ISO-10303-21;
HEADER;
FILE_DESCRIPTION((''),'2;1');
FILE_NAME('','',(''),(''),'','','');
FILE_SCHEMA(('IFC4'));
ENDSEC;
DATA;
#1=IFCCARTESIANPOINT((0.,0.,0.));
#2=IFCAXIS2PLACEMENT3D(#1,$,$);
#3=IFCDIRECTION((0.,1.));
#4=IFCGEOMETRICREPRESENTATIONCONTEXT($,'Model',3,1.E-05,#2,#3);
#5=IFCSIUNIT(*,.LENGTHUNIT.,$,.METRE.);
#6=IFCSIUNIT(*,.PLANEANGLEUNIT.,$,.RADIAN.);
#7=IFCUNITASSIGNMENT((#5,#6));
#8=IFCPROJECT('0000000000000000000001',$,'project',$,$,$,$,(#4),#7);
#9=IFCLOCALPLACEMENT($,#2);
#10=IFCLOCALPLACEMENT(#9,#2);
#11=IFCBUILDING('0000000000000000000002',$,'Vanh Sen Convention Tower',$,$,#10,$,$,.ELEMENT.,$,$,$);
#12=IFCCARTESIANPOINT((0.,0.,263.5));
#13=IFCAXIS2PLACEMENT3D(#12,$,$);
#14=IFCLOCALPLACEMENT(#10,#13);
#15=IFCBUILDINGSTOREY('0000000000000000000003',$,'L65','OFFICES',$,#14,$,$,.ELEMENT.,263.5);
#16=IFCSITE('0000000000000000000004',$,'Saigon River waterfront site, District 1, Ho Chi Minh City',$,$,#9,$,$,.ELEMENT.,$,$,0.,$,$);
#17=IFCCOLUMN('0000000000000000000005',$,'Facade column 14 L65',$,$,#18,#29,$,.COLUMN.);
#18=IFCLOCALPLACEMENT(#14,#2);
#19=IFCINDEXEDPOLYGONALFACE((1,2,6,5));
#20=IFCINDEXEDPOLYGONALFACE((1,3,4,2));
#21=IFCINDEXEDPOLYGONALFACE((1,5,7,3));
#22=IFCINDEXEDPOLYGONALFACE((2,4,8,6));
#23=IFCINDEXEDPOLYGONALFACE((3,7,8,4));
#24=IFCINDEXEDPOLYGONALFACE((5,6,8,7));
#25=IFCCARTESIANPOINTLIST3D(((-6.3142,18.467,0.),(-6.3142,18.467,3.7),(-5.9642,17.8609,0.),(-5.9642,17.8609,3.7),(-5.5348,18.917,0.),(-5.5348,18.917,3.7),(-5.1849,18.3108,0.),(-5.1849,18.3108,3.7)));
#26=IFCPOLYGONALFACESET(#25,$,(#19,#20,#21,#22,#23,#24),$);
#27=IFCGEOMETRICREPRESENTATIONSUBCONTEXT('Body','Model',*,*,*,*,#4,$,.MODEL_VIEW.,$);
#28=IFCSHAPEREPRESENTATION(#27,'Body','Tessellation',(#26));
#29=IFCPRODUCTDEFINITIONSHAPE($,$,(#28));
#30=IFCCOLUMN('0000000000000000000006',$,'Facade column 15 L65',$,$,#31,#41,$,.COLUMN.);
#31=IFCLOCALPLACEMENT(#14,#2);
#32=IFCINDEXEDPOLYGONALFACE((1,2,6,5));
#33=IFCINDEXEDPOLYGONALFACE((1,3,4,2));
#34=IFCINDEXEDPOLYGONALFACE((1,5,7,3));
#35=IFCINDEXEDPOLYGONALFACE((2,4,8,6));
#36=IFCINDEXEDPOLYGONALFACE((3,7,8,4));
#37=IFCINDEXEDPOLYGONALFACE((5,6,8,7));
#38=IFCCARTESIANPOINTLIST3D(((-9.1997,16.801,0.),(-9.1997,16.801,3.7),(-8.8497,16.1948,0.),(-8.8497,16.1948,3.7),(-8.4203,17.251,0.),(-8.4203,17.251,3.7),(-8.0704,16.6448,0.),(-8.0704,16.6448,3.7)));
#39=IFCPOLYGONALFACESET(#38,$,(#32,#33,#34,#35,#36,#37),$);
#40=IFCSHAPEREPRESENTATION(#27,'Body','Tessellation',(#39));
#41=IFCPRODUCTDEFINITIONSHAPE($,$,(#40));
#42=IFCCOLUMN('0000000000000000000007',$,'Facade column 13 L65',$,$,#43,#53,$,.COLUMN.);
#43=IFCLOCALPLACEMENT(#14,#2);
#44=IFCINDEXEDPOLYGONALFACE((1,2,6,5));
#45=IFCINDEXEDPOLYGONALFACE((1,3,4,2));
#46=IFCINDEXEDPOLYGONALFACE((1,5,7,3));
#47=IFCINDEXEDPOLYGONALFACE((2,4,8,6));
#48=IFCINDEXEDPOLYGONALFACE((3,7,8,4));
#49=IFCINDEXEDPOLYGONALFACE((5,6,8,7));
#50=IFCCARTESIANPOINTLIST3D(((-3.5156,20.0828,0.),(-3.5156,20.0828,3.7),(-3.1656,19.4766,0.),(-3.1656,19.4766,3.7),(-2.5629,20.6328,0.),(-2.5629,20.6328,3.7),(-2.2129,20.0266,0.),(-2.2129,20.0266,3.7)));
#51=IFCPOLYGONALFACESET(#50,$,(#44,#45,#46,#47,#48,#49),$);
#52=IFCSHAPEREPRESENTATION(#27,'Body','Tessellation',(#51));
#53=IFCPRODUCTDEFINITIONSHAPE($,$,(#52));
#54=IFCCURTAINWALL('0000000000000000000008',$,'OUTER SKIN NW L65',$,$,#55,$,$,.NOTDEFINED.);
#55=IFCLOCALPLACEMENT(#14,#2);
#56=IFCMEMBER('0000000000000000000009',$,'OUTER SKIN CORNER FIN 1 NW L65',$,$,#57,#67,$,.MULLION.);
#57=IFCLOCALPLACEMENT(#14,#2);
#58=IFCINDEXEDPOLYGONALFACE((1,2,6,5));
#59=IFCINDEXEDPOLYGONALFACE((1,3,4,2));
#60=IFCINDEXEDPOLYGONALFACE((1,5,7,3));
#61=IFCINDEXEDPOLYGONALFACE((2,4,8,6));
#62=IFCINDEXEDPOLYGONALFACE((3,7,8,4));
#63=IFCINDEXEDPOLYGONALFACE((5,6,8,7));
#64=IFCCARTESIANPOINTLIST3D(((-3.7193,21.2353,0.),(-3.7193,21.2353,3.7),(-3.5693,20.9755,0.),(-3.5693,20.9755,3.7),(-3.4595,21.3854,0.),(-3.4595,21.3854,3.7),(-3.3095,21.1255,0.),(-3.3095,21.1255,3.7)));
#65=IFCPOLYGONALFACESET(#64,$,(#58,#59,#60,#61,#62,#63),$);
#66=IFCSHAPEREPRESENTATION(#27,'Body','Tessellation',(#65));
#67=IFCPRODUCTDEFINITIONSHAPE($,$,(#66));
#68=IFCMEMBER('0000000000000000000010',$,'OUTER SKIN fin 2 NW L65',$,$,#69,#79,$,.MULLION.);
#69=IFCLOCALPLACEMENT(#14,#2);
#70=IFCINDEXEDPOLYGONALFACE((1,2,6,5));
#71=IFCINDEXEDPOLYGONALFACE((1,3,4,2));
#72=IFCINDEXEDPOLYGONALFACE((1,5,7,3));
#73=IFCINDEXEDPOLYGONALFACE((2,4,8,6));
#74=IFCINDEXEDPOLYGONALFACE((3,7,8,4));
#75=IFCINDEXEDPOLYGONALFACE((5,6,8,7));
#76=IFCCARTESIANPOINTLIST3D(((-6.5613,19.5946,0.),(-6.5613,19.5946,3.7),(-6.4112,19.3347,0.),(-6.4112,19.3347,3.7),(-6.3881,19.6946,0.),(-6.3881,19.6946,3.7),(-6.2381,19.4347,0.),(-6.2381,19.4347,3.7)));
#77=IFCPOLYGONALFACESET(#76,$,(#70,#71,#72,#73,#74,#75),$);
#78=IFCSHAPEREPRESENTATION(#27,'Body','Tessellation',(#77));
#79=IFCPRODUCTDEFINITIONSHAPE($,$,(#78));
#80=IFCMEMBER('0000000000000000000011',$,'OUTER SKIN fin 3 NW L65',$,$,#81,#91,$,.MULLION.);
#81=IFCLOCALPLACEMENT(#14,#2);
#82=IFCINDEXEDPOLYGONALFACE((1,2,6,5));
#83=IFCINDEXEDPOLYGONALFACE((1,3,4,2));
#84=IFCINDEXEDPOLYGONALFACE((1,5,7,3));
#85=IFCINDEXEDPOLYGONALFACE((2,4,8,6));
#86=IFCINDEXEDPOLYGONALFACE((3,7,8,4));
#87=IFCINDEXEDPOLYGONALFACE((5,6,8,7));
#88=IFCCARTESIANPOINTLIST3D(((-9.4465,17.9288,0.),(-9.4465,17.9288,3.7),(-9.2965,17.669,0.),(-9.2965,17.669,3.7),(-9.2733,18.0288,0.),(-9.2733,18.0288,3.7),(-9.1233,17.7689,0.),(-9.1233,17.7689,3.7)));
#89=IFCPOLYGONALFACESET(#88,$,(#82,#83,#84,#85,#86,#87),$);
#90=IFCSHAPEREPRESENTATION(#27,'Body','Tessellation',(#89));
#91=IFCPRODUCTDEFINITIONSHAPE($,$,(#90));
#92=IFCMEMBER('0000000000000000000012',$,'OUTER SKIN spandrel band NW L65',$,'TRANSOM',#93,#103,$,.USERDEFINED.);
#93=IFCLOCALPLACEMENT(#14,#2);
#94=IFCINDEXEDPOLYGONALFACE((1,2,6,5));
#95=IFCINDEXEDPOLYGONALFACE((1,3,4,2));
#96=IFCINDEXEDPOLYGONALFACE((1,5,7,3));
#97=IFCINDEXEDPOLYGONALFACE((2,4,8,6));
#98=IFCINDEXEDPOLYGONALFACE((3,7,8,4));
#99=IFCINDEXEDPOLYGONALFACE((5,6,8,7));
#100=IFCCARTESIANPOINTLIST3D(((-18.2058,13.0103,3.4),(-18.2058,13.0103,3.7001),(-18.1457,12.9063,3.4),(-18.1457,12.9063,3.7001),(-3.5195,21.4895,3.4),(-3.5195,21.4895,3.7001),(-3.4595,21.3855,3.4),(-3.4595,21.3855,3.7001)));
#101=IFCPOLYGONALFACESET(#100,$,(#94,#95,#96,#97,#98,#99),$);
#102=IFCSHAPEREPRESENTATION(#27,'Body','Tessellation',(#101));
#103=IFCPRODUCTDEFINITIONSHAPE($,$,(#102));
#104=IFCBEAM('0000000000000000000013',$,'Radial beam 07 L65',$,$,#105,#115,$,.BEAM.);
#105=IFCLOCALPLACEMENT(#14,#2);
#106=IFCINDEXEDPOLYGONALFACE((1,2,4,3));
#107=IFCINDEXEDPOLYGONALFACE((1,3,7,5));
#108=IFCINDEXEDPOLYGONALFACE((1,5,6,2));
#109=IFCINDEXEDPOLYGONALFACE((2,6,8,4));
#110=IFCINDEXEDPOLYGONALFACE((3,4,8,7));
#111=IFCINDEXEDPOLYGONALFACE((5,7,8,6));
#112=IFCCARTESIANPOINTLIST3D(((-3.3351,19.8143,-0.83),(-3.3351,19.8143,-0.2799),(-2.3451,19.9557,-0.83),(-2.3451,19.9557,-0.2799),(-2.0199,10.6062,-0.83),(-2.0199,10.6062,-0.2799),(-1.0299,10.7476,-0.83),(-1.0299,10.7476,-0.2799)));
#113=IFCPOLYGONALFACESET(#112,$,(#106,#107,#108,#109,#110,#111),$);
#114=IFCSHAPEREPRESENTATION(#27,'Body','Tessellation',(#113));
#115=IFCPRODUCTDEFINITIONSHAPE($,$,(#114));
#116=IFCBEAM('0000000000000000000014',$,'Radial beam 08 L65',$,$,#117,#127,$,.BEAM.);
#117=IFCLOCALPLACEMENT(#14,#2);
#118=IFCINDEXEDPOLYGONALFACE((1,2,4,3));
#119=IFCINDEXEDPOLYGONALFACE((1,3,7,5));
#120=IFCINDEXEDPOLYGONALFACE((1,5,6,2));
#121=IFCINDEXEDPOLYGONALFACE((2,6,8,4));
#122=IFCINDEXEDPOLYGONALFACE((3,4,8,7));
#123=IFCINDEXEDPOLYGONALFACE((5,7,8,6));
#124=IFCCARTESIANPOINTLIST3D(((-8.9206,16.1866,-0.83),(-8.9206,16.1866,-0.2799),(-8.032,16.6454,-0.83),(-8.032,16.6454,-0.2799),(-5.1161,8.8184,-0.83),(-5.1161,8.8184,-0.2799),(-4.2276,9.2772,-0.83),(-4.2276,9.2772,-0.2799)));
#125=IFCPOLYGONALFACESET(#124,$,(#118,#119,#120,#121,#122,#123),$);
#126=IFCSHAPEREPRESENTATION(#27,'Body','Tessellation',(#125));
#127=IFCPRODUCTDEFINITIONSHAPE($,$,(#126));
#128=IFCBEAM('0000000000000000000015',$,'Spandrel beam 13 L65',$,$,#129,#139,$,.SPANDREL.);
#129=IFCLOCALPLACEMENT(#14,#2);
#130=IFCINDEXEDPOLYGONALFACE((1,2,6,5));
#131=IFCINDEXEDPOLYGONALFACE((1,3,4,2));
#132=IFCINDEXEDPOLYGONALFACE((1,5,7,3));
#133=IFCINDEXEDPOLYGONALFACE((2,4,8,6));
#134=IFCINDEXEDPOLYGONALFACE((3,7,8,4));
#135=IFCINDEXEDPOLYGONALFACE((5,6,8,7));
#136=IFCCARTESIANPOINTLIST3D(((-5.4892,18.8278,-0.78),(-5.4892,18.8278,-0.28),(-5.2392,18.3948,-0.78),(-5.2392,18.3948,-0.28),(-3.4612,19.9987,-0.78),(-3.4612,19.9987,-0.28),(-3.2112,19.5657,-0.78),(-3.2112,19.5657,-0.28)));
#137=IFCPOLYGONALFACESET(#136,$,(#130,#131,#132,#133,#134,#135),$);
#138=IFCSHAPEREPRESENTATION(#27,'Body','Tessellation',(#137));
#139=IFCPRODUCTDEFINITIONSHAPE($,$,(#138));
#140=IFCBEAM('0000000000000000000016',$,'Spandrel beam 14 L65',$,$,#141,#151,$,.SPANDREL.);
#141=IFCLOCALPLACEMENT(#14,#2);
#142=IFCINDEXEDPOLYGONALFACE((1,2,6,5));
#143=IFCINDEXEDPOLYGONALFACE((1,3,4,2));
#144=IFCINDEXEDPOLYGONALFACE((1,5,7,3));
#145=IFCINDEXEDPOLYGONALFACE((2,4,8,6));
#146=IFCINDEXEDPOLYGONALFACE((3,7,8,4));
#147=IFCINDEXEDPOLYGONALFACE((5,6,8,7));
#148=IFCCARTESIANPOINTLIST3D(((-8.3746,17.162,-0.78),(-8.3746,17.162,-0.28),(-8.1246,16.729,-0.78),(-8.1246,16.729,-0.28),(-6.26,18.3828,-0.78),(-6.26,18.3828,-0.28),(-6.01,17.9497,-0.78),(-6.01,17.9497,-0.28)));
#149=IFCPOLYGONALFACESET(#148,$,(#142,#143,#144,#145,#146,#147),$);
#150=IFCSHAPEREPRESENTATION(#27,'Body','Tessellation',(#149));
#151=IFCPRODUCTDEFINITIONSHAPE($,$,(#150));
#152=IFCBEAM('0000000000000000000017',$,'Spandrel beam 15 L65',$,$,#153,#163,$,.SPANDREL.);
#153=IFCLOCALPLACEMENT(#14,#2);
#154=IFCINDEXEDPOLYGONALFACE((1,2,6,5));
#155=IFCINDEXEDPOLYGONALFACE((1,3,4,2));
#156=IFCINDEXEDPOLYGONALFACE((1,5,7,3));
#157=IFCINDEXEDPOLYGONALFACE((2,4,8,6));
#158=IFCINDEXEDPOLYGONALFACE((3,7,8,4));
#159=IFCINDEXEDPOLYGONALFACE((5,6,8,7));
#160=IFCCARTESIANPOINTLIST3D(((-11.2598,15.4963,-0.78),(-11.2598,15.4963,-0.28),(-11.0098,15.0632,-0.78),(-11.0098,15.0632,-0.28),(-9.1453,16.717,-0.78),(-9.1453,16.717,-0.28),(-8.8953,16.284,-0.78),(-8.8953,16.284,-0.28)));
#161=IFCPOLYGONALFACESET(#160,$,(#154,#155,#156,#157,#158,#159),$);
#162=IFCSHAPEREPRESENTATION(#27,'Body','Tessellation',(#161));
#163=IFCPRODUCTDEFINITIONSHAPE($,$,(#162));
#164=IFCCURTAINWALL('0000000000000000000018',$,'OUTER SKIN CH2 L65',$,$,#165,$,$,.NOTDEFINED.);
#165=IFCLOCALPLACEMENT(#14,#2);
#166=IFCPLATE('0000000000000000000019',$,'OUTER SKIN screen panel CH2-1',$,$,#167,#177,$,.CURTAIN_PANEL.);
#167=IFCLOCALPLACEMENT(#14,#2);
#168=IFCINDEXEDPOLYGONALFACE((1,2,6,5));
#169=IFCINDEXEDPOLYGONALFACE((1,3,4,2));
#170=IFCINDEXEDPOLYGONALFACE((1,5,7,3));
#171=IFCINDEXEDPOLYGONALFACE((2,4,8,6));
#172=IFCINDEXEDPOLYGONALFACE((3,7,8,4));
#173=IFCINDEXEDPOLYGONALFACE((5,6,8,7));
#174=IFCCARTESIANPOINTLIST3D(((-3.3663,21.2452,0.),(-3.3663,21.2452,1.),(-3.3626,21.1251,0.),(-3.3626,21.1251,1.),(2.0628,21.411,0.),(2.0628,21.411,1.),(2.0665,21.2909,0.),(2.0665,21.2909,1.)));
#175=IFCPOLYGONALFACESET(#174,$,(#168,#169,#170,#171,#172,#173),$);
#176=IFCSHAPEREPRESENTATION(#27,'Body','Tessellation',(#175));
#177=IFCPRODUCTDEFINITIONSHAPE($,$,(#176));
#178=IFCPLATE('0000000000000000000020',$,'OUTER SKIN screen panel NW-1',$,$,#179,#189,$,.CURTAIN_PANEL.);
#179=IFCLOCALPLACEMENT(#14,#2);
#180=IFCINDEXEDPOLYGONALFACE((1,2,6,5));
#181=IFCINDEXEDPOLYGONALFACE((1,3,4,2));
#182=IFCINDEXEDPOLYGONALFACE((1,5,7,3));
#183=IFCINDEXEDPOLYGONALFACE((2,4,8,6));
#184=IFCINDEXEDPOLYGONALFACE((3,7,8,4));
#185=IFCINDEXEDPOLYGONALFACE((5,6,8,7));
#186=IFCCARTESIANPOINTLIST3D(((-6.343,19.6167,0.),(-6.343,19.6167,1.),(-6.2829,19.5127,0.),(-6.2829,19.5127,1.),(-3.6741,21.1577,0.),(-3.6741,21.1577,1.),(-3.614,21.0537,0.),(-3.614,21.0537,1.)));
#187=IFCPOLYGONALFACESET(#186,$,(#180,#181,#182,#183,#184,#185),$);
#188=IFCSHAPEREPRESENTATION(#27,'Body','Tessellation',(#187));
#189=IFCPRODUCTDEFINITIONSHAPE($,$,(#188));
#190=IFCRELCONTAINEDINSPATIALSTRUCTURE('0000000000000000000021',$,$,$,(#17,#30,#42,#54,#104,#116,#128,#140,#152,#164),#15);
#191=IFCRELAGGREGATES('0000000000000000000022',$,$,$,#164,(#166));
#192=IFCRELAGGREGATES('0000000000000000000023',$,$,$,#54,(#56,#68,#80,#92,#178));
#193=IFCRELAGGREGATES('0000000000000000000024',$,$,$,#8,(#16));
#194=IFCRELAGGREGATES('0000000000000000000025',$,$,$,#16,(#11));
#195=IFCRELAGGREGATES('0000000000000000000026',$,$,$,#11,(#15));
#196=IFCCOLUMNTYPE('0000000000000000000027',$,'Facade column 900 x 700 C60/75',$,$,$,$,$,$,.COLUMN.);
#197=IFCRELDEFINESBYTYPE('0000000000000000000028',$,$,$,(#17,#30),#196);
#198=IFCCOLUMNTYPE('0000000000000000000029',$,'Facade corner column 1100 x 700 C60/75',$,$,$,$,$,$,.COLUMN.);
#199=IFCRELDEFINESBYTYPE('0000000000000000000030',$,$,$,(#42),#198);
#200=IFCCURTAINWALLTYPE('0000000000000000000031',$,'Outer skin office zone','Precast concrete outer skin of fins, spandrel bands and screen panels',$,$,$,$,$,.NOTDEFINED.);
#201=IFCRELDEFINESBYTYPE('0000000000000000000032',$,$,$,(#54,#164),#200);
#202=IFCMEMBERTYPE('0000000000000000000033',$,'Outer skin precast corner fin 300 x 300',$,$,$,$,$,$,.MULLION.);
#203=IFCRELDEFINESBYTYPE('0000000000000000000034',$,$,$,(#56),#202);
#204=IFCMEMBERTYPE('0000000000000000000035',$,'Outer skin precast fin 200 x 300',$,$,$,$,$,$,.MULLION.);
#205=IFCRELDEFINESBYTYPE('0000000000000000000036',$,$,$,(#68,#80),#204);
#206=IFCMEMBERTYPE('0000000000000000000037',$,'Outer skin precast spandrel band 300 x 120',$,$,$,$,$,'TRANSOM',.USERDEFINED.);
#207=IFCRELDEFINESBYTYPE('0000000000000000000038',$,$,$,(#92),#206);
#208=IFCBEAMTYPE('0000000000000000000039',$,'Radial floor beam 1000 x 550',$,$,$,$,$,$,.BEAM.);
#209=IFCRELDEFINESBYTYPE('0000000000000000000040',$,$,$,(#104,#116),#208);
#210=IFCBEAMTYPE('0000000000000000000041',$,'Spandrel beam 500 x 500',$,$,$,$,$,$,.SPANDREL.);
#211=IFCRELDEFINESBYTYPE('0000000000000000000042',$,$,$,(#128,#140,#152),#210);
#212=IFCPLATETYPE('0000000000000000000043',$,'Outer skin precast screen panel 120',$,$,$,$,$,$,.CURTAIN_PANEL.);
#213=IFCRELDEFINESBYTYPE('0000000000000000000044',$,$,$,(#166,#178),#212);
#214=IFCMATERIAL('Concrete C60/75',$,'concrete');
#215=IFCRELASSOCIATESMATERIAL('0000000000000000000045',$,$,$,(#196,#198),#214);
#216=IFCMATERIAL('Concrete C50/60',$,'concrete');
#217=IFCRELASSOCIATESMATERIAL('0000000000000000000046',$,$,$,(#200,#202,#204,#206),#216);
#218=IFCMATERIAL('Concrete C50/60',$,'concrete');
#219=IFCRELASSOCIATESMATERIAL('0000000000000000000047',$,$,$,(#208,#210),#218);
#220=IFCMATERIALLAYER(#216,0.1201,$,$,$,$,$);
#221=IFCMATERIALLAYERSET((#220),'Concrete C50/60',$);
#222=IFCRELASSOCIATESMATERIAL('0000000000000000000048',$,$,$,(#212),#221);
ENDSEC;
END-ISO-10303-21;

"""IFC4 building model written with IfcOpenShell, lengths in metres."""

from ifc_helpers import new_model, si_unit, direction, frame, origin, origin_2d, place, context, subcontext, project, spatial, rectangle, extrude, material, layer, layer_set, material_profile, profile_set, type_object, element, aggregate, save


model = new_model("IFC4")

# Units and contexts
model_context = context("Model", 3, precision=1e-05, world=origin(), true_north=direction((0.0, 1.0)))
body_context = subcontext(model_context, "Body", "Model", "MODEL_VIEW")
ifc_project = project(units=[si_unit("LENGTHUNIT", "METRE"), si_unit("PLANEANGLEUNIT", "RADIAN")], contexts=[model_context])

# Site, building, storey
site_placement = place(None, origin())
site = spatial("IfcSite", under=ifc_project, at=site_placement, Name="Saigon River waterfront site, District 1, Ho Chi Minh City", CompositionType="ELEMENT", RefElevation=0.0)
building_placement = place(site_placement, origin())
building = spatial("IfcBuilding", under=site, at=building_placement, Name="Vanh Sen Convention Tower", CompositionType="ELEMENT")
storey_placement = place(building_placement, frame((0.0, 0.0, 263.5)))
storey = spatial("IfcBuildingStorey", under=building, at=storey_placement, Name="L65", Description="OFFICES", CompositionType="ELEMENT", Elevation=263.5)

# Columns
ifc_material_1 = material(Name="Concrete C60/75", Category="concrete")
ifc_material_profile_1 = material_profile(ifc_material_1, rectangle(XDim=0.8999, YDim=0.7, at=origin_2d()), Name="RC 900X700")
ifc_profile_set_1 = profile_set([ifc_material_profile_1], Name="Concrete C60/75")
column_type_1 = type_object("IfcColumnType", Name="Facade column 900 x 700 C60/75", PredefinedType="COLUMN", material=ifc_profile_set_1)
for number, where, z_axis, x_axis, name in (
    (1, (-5.7495, 18.3889, 0.0), (0.0, 0.0, 1.0), (-0.866025, -0.5, 0.0), "Facade column 14 L65"),
    (2, (-8.635, 16.7229, 0.0), (0.0, 0.0, 1.0), (-0.866025, -0.5, 0.0), "Facade column 15 L65"),
):
    element("IfcColumn", number, at=place(storey_placement, frame(where, z_axis=z_axis, x_axis=x_axis)), inside=storey, type_object=column_type_1, Name=name, PredefinedType="COLUMN", context=body_context, shape_type="SweptSolid", body=[
        extrude(rectangle(XDim=0.8999, YDim=0.7, at=origin_2d()), origin(), (0.0, 0.0, 1.0), 3.7),
    ])
ifc_material_profile_2 = material_profile(ifc_material_1, rectangle(XDim=1.1001, YDim=0.7, at=origin_2d()), Name="RC 1100X700")
ifc_profile_set_2 = profile_set([ifc_material_profile_2], Name="Concrete C60/75")
column_type_2 = type_object("IfcColumnType", Name="Facade corner column 1100 x 700 C60/75", PredefinedType="COLUMN", material=ifc_profile_set_2)
column_placement = place(storey_placement, frame((-2.8643, 20.0547, 0.0), z_axis=(0.0, 0.0, 1.0), x_axis=(-0.866025, -0.5, 0.0)))
element("IfcColumn", 3, at=column_placement, inside=storey, type_object=column_type_2, Name="Facade column 13 L65", PredefinedType="COLUMN", context=body_context, shape_type="SweptSolid", body=[
    extrude(rectangle(XDim=1.1001, YDim=0.7, at=origin_2d()), origin(), (0.0, 0.0, 1.0), 3.7),
])

# Curtain wall, members
ifc_material_2 = material(Name="Concrete C50/60", Category="concrete")
curtain_wall_type = type_object("IfcCurtainWallType", Name="Outer skin office zone", Description="Precast concrete outer skin of fins, spandrel bands and screen panels", PredefinedType="NOTDEFINED", material=ifc_material_2)
curtain_wall_1_placement = place(storey_placement, origin())
curtain_wall_1 = element("IfcCurtainWall", 4, at=curtain_wall_1_placement, inside=storey, type_object=curtain_wall_type, Name="OUTER SKIN NW L65", PredefinedType="NOTDEFINED")
ifc_material_profile_3 = material_profile(ifc_material_2, rectangle(XDim=0.3, YDim=0.3, at=origin_2d()), Name="Outer skin precast corner fin 300 x 300")
ifc_profile_set_3 = profile_set([ifc_material_profile_3], Name="Concrete C50/60")
member_type_1 = type_object("IfcMemberType", Name="Outer skin precast corner fin 300 x 300", PredefinedType="MULLION", material=ifc_profile_set_3)
member_1_placement = place(storey_placement, frame((-3.5144, 21.1804, 0.0), z_axis=(0.0, 0.0, 1.0), x_axis=(-0.866025, -0.5, 0.0)))
member_1 = element("IfcMember", 5, at=member_1_placement, type_object=member_type_1, Name="OUTER SKIN CORNER FIN 1 NW L65", PredefinedType="MULLION", context=body_context, shape_type="SweptSolid", body=[
    extrude(rectangle(XDim=0.3, YDim=0.3, at=origin_2d()), origin(), (0.0, 0.0, 1.0), 3.7),
])
ifc_material_profile_4 = material_profile(ifc_material_2, rectangle(XDim=0.2, YDim=0.3, at=origin_2d()), Name="Outer skin precast fin 200 x 300")
ifc_profile_set_4 = profile_set([ifc_material_profile_4], Name="Concrete C50/60")
member_type_2 = type_object("IfcMemberType", Name="Outer skin precast fin 200 x 300", PredefinedType="MULLION", material=ifc_profile_set_4)
member_2_placement = place(storey_placement, frame((-6.3997, 19.5146, 0.0), z_axis=(0.0, 0.0, 1.0), x_axis=(-0.866025, -0.5, 0.0)))
member_2 = element("IfcMember", 6, at=member_2_placement, type_object=member_type_2, Name="OUTER SKIN fin 2 NW L65", PredefinedType="MULLION", context=body_context, shape_type="SweptSolid", body=[
    extrude(rectangle(XDim=0.2, YDim=0.3, at=origin_2d()), origin(), (0.0, 0.0, 1.0), 3.7),
])
member_3_placement = place(storey_placement, frame((-9.2849, 17.8489, 0.0), z_axis=(0.0, 0.0, 1.0), x_axis=(-0.866025, -0.5, 0.0)))
member_3 = element("IfcMember", 7, at=member_3_placement, type_object=member_type_2, Name="OUTER SKIN fin 3 NW L65", PredefinedType="MULLION", context=body_context, shape_type="SweptSolid", body=[
    extrude(rectangle(XDim=0.2, YDim=0.3, at=origin_2d()), origin(), (0.0, 0.0, 1.0), 3.7),
])
ifc_material_profile_5 = material_profile(ifc_material_2, rectangle(XDim=0.1201, YDim=0.3, at=origin_2d()), Name="Outer skin precast spandrel band 300 x 120")
ifc_profile_set_5 = profile_set([ifc_material_profile_5], Name="Concrete C50/60")
member_type_3 = type_object("IfcMemberType", Name="Outer skin precast spandrel band 300 x 120", ElementType="TRANSOM", PredefinedType="USERDEFINED", material=ifc_profile_set_5)
member_4_placement = place(storey_placement, frame((-3.4895, 21.4375, 3.55), z_axis=(-0.866022, -0.500005, 0.0), x_axis=(0.500005, -0.866022, 0.0)))
member_4 = element("IfcMember", 8, at=member_4_placement, type_object=member_type_3, Name="OUTER SKIN spandrel band NW L65", ObjectType="TRANSOM", PredefinedType="USERDEFINED", context=body_context, shape_type="SweptSolid", body=[
    extrude(rectangle(XDim=0.1201, YDim=0.3, at=origin_2d()), origin(), (0.0, 0.0, 1.0), 16.9583),
])

# Beams
ifc_material_3 = material(Name="Concrete C50/60", Category="concrete")
ifc_material_profile_6 = material_profile(ifc_material_3, rectangle(XDim=1.0, YDim=0.55, at=origin_2d()), Name="RC 1000X550")
ifc_profile_set_6 = profile_set([ifc_material_profile_6], Name="Concrete C50/60")
beam_type_1 = type_object("IfcBeamType", Name="Radial floor beam 1000 x 550", PredefinedType="BEAM", material=ifc_profile_set_6)
beam_1_placement = place(storey_placement, frame((-2.8401, 19.885, -0.5549), z_axis=(0.141396, -0.989953, 0.0), x_axis=(0.989953, 0.141396, 0.0)))
element("IfcBeam", 9, at=beam_1_placement, inside=storey, type_object=beam_type_1, Name="Radial beam 07 L65", PredefinedType="BEAM", context=body_context, shape_type="SweptSolid", body=[
    extrude(rectangle(XDim=1.0, YDim=0.55, at=origin_2d()), origin(), (0.0, 0.0, 1.0), 9.3015),
])
beam_2_placement = place(storey_placement, frame((-8.4763, 16.416, -0.5549), z_axis=(0.458788, -0.888546, 0.0), x_axis=(0.888546, 0.458788, 0.0)))
element("IfcBeam", 10, at=beam_2_placement, inside=storey, type_object=beam_type_1, Name="Radial beam 08 L65", PredefinedType="BEAM", context=body_context, shape_type="SweptSolid", body=[
    extrude(rectangle(XDim=1.0, YDim=0.55, at=origin_2d()), origin(), (0.0, 0.0, 1.0), 8.2925),
])
ifc_material_profile_7 = material_profile(ifc_material_3, rectangle(XDim=0.5, YDim=0.5, at=origin_2d()), Name="RC 500X500")
ifc_profile_set_7 = profile_set([ifc_material_profile_7], Name="Concrete C50/60")
beam_type_2 = type_object("IfcBeamType", Name="Spandrel beam 500 x 500", PredefinedType="SPANDREL", material=ifc_profile_set_7)
beam_3_placement = place(storey_placement, frame((-3.3362, 19.7822, -0.53), z_axis=(-0.866028, -0.499996, 0.0), x_axis=(0.499996, -0.866028, 0.0)))
element("IfcBeam", 11, at=beam_3_placement, inside=storey, type_object=beam_type_2, Name="Spandrel beam 13 L65", PredefinedType="SPANDREL", context=body_context, shape_type="SweptSolid", body=[
    extrude(rectangle(XDim=0.5, YDim=0.5, at=origin_2d()), origin(), (0.0, 0.0, 1.0), 2.3418),
])
for number, where, z_axis, x_axis, name in (
    (12, (-6.135, 18.1663, -0.53), (-0.866044, -0.499968, 0.0), (0.499968, -0.866044, 0.0), "Spandrel beam 14 L65"),
    (13, (-9.0203, 16.5005, -0.53), (-0.866044, -0.499968, 0.0), (0.499968, -0.866044, 0.0), "Spandrel beam 15 L65"),
):
    element("IfcBeam", number, at=place(storey_placement, frame(where, z_axis=z_axis, x_axis=x_axis)), inside=storey, type_object=beam_type_2, Name=name, PredefinedType="SPANDREL", context=body_context, shape_type="SweptSolid", body=[
        extrude(rectangle(XDim=0.5, YDim=0.5, at=origin_2d()), origin(), (0.0, 0.0, 1.0), 2.4417),
    ])

# Curtain wall, plate
curtain_wall_2_placement = place(storey_placement, origin())
curtain_wall_2 = element("IfcCurtainWall", 14, at=curtain_wall_2_placement, inside=storey, type_object=curtain_wall_type, Name="OUTER SKIN CH2 L65", PredefinedType="NOTDEFINED")
ifc_layer_1 = layer(ifc_material_2, 0.1201)
ifc_layer_set_1 = layer_set([ifc_layer_1], Name="Concrete C50/60")
plate_type = type_object("IfcPlateType", Name="Outer skin precast screen panel 120", PredefinedType="CURTAIN_PANEL", material=ifc_layer_set_1)
plate_1_placement = place(storey_placement, frame((-0.6499, 21.2681, 0.0), z_axis=(0.0, 0.0, 1.0), x_axis=(-0.999534, -0.030528, 0.0)))
plate_1 = element("IfcPlate", 15, at=plate_1_placement, type_object=plate_type, Name="OUTER SKIN screen panel CH2-1", PredefinedType="CURTAIN_PANEL", context=body_context, shape_type="SweptSolid", body=[
    extrude(rectangle(XDim=5.4316, YDim=0.1201, at=origin_2d()), origin(), (0.0, 0.0, 1.0), 1.0),
])
aggregate(curtain_wall_2, [plate_1])

# Plate
plate_2_placement = place(storey_placement, frame((-4.9785, 20.3352, 0.0), z_axis=(0.0, 0.0, 1.0), x_axis=(-0.866016, -0.500017, 0.0)))
plate_2 = element("IfcPlate", 16, at=plate_2_placement, type_object=plate_type, Name="OUTER SKIN screen panel NW-1", PredefinedType="CURTAIN_PANEL", context=body_context, shape_type="SweptSolid", body=[
    extrude(rectangle(XDim=3.0818, YDim=0.1201, at=origin_2d()), origin(), (0.0, 0.0, 1.0), 1.0),
])
aggregate(curtain_wall_1, [member_1, member_2, member_3, member_4, plate_2])

save(model, "model.ifc")
